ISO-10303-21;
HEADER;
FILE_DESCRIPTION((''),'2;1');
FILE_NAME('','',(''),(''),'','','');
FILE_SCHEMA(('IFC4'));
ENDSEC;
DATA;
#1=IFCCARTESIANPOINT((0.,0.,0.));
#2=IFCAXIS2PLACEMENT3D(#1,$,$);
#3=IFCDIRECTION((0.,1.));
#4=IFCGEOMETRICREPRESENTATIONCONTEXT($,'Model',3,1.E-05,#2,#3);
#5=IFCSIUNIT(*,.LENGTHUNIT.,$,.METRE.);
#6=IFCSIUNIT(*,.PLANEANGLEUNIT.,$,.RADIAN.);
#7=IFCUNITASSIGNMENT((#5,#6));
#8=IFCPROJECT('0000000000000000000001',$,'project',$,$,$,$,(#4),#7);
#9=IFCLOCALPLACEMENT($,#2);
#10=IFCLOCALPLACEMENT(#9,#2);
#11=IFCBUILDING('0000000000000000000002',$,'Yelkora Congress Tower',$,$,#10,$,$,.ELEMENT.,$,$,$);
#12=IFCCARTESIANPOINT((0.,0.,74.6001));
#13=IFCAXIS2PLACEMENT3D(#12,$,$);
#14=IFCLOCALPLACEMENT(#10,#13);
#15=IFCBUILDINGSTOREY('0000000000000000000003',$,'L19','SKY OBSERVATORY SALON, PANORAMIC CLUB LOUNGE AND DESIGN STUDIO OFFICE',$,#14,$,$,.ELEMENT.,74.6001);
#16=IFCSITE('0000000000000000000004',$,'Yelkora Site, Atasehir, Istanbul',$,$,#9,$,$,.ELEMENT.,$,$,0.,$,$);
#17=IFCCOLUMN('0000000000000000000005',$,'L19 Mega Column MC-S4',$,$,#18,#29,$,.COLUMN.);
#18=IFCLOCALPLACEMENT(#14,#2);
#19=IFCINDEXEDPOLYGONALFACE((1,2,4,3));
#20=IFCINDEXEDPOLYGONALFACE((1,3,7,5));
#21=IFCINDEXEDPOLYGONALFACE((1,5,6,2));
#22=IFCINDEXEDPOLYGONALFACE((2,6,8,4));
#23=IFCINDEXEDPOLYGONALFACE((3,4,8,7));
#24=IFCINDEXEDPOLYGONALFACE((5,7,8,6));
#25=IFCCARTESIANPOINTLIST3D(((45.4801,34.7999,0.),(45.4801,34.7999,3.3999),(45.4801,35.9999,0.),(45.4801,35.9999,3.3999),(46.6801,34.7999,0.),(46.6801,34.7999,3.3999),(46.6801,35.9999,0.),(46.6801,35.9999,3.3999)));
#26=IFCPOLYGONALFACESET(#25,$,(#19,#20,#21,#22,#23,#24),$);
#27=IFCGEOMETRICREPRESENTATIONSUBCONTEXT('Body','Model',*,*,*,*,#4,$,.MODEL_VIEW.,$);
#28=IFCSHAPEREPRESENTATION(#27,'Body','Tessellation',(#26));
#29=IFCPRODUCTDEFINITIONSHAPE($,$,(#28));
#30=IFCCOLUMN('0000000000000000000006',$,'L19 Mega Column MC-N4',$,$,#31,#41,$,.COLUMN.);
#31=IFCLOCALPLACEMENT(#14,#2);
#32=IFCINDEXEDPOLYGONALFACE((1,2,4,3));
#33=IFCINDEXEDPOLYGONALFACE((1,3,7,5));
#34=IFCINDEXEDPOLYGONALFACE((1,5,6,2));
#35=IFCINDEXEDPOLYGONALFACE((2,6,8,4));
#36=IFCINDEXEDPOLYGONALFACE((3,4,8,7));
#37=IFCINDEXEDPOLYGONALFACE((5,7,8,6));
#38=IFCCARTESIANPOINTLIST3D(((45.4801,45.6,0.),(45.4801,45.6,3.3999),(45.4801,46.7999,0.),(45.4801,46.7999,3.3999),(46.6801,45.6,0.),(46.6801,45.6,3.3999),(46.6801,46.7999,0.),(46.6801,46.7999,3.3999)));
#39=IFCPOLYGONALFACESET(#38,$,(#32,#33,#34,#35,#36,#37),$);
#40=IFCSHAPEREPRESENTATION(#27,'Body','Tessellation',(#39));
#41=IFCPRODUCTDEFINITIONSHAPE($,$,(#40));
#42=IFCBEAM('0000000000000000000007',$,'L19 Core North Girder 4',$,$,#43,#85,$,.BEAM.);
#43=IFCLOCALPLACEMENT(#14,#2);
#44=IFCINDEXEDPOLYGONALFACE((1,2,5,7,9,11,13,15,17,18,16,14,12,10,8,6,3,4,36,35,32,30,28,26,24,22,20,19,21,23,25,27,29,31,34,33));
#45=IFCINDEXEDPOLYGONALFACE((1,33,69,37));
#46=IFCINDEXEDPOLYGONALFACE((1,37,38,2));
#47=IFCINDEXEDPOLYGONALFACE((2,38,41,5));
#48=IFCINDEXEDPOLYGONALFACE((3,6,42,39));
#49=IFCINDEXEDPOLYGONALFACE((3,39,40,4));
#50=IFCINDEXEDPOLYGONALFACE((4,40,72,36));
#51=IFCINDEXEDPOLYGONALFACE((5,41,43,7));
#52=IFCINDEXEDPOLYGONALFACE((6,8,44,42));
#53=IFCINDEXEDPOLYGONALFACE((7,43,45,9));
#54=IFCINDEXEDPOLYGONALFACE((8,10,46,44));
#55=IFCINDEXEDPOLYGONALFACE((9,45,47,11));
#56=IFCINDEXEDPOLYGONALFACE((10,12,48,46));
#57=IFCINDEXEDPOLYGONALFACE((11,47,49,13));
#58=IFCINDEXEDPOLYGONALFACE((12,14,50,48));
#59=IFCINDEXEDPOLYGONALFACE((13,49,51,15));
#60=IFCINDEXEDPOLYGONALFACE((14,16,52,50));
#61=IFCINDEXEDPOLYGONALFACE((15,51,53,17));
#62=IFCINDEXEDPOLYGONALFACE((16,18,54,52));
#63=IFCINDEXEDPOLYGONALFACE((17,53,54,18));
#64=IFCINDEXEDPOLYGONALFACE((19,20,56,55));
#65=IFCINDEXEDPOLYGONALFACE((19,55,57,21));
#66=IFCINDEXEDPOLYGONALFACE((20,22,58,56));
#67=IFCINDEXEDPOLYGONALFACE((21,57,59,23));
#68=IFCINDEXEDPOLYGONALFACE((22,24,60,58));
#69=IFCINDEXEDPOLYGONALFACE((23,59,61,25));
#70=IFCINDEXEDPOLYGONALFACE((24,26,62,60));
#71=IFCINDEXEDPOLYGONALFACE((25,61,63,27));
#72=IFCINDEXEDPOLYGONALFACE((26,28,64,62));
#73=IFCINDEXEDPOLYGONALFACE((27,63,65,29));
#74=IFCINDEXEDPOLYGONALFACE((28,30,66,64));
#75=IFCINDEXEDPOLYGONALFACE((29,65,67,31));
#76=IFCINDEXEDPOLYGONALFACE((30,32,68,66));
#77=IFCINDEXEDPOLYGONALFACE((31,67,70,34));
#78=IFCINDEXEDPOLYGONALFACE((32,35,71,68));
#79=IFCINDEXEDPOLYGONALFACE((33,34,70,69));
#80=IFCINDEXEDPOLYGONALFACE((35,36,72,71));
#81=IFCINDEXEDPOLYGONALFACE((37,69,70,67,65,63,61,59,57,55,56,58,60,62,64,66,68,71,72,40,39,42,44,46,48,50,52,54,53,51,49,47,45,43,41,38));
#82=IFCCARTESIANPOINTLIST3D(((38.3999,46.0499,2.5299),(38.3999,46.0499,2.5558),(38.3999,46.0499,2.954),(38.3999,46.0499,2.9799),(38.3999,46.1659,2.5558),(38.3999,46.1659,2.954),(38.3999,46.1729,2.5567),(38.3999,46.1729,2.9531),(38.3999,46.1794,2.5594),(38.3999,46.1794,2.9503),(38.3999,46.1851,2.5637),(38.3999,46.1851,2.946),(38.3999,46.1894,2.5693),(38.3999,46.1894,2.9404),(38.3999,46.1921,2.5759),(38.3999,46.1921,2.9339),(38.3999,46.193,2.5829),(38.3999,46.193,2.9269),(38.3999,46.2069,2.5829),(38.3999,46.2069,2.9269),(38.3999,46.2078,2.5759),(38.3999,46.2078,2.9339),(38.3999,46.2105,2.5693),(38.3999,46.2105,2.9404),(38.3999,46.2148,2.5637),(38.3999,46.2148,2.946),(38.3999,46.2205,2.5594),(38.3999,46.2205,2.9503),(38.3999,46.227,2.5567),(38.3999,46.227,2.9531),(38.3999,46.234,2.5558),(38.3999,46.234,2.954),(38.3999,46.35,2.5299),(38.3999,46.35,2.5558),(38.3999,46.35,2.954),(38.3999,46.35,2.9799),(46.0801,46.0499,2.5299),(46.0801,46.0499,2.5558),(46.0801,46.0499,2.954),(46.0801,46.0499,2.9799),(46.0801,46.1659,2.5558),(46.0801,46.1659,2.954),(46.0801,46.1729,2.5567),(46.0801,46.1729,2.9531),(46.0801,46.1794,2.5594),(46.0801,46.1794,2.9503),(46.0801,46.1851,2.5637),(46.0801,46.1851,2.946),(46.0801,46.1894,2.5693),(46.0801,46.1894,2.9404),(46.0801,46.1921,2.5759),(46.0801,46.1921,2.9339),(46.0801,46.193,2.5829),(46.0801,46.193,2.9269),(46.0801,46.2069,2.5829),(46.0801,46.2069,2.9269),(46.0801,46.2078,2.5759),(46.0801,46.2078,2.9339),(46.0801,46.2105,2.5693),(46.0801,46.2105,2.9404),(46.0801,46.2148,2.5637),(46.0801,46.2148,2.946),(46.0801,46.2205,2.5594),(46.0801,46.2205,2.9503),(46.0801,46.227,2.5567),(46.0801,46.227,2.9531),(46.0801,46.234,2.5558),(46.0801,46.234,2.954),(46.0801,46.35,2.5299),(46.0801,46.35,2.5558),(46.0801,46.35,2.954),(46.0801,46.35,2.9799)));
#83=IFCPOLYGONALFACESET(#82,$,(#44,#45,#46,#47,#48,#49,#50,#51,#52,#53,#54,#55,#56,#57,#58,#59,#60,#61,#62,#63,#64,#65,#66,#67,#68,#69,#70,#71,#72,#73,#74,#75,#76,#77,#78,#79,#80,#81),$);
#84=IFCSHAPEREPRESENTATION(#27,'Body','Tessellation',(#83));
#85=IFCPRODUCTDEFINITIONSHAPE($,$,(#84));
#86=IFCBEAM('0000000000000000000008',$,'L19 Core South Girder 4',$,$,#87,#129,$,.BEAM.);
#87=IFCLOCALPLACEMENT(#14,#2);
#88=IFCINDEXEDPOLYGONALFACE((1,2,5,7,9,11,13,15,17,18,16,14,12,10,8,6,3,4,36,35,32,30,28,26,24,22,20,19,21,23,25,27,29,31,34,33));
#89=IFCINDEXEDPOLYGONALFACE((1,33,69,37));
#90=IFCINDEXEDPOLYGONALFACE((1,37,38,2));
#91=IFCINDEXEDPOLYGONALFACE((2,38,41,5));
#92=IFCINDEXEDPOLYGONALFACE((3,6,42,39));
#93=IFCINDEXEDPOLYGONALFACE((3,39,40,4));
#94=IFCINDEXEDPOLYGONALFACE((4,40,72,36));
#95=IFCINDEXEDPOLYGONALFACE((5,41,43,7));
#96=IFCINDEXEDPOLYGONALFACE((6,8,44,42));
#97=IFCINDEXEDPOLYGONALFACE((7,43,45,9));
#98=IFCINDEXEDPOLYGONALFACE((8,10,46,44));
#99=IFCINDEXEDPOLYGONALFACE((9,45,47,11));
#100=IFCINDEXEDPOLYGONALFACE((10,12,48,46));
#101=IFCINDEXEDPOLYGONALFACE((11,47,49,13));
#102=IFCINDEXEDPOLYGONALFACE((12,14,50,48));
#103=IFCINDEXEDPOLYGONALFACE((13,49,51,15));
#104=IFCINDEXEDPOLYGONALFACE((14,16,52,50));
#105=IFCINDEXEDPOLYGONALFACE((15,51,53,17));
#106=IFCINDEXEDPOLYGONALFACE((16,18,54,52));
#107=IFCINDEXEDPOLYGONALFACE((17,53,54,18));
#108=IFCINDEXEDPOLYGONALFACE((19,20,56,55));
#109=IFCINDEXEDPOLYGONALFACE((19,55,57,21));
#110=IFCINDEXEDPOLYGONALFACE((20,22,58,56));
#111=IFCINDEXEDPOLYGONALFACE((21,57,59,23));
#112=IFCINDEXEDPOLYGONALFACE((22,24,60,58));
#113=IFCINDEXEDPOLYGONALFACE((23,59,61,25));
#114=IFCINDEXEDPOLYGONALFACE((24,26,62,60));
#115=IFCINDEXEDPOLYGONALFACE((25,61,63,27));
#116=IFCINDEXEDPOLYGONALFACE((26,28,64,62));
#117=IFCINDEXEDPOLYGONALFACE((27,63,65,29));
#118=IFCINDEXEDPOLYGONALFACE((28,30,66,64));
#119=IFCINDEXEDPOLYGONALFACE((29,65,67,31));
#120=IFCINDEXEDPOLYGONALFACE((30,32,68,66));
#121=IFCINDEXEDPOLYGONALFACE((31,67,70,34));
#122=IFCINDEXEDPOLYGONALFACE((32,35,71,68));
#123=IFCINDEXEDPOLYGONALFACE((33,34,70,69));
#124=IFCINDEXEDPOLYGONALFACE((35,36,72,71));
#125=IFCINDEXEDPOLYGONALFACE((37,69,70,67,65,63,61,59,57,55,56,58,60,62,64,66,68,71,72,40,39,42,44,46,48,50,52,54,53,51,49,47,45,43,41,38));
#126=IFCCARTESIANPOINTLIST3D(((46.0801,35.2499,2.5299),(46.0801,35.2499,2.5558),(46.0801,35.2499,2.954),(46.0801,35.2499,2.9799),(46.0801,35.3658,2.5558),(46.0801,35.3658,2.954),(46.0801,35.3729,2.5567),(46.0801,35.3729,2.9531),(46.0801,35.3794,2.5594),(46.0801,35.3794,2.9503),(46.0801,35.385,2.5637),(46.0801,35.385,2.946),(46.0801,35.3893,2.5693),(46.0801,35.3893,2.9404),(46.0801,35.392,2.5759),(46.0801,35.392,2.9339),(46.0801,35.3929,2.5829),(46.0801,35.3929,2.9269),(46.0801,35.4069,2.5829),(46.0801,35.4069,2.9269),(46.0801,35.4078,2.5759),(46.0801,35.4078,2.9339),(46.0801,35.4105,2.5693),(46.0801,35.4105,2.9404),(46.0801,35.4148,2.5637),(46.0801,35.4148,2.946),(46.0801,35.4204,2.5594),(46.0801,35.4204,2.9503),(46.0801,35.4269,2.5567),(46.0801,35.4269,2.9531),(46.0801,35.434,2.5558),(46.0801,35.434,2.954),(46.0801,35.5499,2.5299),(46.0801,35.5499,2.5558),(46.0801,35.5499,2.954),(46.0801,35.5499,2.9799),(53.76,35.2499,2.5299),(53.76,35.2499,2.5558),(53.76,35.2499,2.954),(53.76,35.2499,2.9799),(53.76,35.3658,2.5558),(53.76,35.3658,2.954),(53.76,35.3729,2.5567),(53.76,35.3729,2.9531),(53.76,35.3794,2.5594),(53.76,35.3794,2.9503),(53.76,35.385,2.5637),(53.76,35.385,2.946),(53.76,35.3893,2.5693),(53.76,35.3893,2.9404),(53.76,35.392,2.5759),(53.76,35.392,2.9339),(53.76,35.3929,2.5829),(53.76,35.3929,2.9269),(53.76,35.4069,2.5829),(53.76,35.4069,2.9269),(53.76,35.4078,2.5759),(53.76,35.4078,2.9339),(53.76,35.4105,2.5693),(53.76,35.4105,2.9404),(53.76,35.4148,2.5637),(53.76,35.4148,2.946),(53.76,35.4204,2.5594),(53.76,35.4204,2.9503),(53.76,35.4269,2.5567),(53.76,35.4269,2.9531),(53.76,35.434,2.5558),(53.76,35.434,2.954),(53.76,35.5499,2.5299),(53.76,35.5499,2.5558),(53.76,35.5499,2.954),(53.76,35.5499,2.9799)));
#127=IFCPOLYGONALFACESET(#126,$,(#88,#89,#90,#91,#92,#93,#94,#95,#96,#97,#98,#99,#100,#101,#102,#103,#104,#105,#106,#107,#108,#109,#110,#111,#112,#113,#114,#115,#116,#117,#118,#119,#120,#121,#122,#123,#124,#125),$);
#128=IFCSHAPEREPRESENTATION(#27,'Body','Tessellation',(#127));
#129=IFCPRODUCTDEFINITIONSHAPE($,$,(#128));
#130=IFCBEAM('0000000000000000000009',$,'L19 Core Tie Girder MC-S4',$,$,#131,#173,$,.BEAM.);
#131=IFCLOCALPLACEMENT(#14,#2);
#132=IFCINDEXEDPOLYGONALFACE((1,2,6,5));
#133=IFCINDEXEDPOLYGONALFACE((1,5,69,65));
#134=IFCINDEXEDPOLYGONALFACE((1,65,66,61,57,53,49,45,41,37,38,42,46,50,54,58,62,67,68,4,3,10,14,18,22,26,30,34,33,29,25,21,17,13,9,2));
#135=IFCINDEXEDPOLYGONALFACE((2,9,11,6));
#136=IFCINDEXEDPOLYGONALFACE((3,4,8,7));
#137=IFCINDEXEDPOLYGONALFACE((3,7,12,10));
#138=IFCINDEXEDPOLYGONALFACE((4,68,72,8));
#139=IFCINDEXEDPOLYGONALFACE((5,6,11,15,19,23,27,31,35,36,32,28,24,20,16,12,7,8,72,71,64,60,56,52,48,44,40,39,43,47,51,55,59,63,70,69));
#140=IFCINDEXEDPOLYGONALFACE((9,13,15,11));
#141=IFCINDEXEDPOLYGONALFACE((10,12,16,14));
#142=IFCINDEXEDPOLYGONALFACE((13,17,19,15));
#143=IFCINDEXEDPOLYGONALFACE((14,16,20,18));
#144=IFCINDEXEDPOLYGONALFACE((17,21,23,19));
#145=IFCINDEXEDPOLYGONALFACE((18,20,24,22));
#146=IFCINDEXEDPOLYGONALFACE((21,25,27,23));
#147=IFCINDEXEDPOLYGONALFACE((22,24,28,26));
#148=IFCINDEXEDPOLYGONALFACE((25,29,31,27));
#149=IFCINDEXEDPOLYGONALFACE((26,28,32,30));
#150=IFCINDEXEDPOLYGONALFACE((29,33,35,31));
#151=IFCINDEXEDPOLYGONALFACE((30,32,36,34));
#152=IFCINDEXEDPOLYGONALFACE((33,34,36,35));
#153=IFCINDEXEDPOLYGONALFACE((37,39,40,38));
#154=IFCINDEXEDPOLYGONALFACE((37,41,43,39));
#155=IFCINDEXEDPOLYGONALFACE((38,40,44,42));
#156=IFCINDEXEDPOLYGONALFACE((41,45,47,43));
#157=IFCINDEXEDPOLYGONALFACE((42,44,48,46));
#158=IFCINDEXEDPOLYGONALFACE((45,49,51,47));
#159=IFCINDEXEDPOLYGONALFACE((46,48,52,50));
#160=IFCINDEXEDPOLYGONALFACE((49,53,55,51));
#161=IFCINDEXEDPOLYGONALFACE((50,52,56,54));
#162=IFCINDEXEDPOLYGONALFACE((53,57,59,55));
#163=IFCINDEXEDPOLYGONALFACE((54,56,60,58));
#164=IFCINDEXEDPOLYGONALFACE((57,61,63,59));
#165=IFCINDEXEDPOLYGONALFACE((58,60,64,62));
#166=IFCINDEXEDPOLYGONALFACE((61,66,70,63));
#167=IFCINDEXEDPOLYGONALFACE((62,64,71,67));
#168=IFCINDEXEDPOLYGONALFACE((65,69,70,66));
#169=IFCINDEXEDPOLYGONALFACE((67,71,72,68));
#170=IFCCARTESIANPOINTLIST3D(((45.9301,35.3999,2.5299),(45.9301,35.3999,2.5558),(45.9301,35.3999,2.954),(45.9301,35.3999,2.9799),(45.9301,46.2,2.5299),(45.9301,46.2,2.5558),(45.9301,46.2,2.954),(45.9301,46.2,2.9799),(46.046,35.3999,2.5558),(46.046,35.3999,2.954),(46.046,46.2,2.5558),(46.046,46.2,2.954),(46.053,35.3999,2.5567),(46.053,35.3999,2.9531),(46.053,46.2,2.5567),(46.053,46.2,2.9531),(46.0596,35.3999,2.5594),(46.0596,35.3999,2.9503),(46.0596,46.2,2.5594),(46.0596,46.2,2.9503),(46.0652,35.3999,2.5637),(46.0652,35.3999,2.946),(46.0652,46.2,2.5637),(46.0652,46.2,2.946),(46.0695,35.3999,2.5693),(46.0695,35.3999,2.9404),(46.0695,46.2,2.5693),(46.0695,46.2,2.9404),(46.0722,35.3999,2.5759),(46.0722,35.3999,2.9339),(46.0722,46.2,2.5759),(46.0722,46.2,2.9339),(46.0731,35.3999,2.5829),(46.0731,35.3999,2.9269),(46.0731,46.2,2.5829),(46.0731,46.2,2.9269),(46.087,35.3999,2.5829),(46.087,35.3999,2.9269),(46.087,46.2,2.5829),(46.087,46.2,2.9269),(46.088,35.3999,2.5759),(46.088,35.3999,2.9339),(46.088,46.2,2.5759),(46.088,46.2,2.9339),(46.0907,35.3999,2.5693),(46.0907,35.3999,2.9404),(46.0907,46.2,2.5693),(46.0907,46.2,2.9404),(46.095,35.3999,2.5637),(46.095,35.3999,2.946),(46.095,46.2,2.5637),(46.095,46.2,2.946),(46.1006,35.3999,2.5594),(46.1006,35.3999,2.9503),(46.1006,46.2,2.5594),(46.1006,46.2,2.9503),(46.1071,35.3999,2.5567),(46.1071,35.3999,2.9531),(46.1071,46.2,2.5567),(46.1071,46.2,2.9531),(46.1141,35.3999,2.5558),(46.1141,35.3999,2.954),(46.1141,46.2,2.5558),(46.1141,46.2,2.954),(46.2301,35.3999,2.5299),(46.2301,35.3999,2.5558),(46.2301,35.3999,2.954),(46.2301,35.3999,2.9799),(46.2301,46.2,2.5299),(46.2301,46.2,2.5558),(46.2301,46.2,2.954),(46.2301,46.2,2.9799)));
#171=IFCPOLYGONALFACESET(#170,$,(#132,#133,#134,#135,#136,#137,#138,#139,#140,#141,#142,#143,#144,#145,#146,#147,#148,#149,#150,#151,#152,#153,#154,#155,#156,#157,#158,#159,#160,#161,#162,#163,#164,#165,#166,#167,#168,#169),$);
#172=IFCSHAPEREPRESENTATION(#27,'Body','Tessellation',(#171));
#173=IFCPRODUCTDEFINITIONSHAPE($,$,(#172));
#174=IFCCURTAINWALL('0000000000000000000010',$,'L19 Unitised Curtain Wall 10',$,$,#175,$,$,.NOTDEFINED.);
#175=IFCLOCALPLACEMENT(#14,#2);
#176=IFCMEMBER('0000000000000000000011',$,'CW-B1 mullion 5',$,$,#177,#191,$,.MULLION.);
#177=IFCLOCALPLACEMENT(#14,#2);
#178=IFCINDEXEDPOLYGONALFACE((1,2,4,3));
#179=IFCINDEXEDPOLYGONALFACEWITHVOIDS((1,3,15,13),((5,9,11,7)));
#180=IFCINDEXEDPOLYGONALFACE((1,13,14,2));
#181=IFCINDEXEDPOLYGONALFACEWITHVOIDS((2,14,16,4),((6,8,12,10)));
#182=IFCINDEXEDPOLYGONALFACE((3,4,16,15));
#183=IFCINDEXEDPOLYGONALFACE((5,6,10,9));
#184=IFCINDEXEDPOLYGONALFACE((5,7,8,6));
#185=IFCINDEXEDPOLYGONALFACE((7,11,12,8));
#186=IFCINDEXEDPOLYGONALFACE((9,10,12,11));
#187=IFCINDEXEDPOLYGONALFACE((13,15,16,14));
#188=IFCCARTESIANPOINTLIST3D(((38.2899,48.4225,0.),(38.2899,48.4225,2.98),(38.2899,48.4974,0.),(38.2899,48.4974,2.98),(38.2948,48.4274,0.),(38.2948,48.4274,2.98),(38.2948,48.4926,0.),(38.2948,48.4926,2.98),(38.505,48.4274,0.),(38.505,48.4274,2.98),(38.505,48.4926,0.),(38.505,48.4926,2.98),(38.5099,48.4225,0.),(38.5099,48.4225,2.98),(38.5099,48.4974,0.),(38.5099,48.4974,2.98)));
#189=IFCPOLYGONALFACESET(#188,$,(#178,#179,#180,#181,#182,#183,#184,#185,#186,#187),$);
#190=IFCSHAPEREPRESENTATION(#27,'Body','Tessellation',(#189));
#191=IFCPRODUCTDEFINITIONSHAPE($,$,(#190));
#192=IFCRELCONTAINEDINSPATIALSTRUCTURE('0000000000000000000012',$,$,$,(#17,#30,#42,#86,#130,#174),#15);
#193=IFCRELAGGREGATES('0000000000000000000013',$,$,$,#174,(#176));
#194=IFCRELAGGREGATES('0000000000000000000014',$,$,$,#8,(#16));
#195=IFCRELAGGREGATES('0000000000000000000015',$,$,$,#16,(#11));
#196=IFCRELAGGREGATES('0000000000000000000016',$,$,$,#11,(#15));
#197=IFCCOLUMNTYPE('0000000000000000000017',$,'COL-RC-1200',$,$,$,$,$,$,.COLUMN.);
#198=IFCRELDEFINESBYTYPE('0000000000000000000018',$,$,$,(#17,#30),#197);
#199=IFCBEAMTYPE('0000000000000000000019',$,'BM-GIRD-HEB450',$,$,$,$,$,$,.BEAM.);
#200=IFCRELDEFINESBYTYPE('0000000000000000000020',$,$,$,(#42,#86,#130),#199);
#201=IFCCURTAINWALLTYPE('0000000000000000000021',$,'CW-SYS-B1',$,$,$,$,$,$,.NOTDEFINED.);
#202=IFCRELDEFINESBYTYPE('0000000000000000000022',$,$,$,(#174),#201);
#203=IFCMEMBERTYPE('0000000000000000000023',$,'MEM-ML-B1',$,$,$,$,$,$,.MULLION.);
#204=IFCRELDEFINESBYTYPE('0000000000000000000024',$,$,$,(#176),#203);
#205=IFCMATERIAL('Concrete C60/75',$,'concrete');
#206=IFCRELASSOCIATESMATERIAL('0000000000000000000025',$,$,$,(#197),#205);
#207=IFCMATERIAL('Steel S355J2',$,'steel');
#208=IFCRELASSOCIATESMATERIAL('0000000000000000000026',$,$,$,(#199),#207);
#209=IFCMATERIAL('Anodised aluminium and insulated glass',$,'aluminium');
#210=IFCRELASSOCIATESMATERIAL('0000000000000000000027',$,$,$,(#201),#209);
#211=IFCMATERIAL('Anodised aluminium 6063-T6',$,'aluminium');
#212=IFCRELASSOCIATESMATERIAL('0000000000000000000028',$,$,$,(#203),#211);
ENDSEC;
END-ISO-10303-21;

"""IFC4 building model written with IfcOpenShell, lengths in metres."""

from ifc_helpers import new_model, si_unit, direction, frame, origin, origin_2d, place, context, subcontext, project, spatial, rectangle, hollow_rectangle, i_section, extrude, material, material_profile, profile_set, type_object, element, aggregate, save


model = new_model("IFC4")

# Units and contexts
model_context = context("Model", 3, precision=1e-05, world=origin(), true_north=direction((0.0, 1.0)))
body_context = subcontext(model_context, "Body", "Model", "MODEL_VIEW")
ifc_project = project(units=[si_unit("LENGTHUNIT", "METRE"), si_unit("PLANEANGLEUNIT", "RADIAN")], contexts=[model_context])

# Site, building, storey
site_placement = place(None, origin())
site = spatial("IfcSite", under=ifc_project, at=site_placement, Name="Yelkora Site, Atasehir, Istanbul", CompositionType="ELEMENT", RefElevation=0.0)
building_placement = place(site_placement, origin())
building = spatial("IfcBuilding", under=site, at=building_placement, Name="Yelkora Congress Tower", CompositionType="ELEMENT")
storey_placement = place(building_placement, frame((0.0, 0.0, 74.6001)))
storey = spatial("IfcBuildingStorey", under=building, at=storey_placement, Name="L19", Description="SKY OBSERVATORY SALON, PANORAMIC CLUB LOUNGE AND DESIGN STUDIO OFFICE", CompositionType="ELEMENT", Elevation=74.6001)

# Columns
ifc_material_1 = material(Name="Concrete C60/75", Category="concrete")
ifc_material_profile_1 = material_profile(ifc_material_1, rectangle(XDim=1.2, YDim=1.2, at=origin_2d()), Name="RC 1200x1200")
ifc_profile_set_1 = profile_set([ifc_material_profile_1], Name="Concrete C60/75")
column_type = type_object("IfcColumnType", Name="COL-RC-1200", PredefinedType="COLUMN", material=ifc_profile_set_1)
for number, where, z_axis, x_axis, name in (
    (1, (46.0801, 35.3999, 0.0), (0.0, 0.0, 1.0), (1.0, 0.0, 0.0), "L19 Mega Column MC-S4"),
    (2, (46.0801, 46.2, 0.0), (0.0, 0.0, 1.0), (1.0, 0.0, 0.0), "L19 Mega Column MC-N4"),
):
    element("IfcColumn", number, at=place(storey_placement, frame(where, z_axis=z_axis, x_axis=x_axis)), inside=storey, type_object=column_type, Name=name, PredefinedType="COLUMN", context=body_context, shape_type="SweptSolid", body=[
        extrude(rectangle(XDim=1.2, YDim=1.2, at=origin_2d()), origin(), (0.0, 0.0, 1.0), 3.3999),
    ])

# Beams
ifc_material_2 = material(Name="Steel S355J2", Category="steel")
ifc_material_profile_2 = material_profile(ifc_material_2, i_section(OverallWidth=0.3, OverallDepth=0.45, WebThickness=0.0139, FlangeThickness=0.0259, FilletRadius=0.0271, at=origin_2d()), Name="HEB 450")
ifc_profile_set_2 = profile_set([ifc_material_profile_2], Name="Steel S355J2")
beam_type = type_object("IfcBeamType", Name="BM-GIRD-HEB450", PredefinedType="BEAM", material=ifc_profile_set_2)
beam_1_placement = place(storey_placement, frame((38.3999, 46.2, 2.7549), z_axis=(1.0, 0.0, 0.0), x_axis=(0.0, 1.0, 0.0)))
element("IfcBeam", 3, at=beam_1_placement, inside=storey, type_object=beam_type, Name="L19 Core North Girder 4", PredefinedType="BEAM", context=body_context, shape_type="SweptSolid", body=[
    extrude(i_section(OverallWidth=0.3, OverallDepth=0.45, WebThickness=0.0139, FlangeThickness=0.0259, FilletRadius=0.0271, at=origin_2d()), origin(), (0.0, 0.0, 1.0), 7.6802),
])
beam_2_placement = place(storey_placement, frame((46.0801, 35.3999, 2.7549), z_axis=(1.0, 0.0, 0.0), x_axis=(0.0, 1.0, 0.0)))
element("IfcBeam", 4, at=beam_2_placement, inside=storey, type_object=beam_type, Name="L19 Core South Girder 4", PredefinedType="BEAM", context=body_context, shape_type="SweptSolid", body=[
    extrude(i_section(OverallWidth=0.3, OverallDepth=0.45, WebThickness=0.0139, FlangeThickness=0.0259, FilletRadius=0.0271, at=origin_2d()), origin(), (0.0, 0.0, 1.0), 7.6799),
])
beam_3_placement = place(storey_placement, frame((46.0801, 35.3999, 2.7549), z_axis=(0.0, 1.0, 0.0), x_axis=(-1.0, 0.0, 0.0)))
element("IfcBeam", 5, at=beam_3_placement, inside=storey, type_object=beam_type, Name="L19 Core Tie Girder MC-S4", PredefinedType="BEAM", context=body_context, shape_type="SweptSolid", body=[
    extrude(i_section(OverallWidth=0.3, OverallDepth=0.45, WebThickness=0.0139, FlangeThickness=0.0259, FilletRadius=0.0271, at=origin_2d()), origin(), (0.0, 0.0, 1.0), 10.8),
])

# Curtain wall, member
ifc_material_3 = material(Name="Anodised aluminium and insulated glass", Category="aluminium")
curtain_wall_type = type_object("IfcCurtainWallType", Name="CW-SYS-B1", PredefinedType="NOTDEFINED", material=ifc_material_3)
curtain_wall_placement = place(storey_placement, origin())
curtain_wall = element("IfcCurtainWall", 6, at=curtain_wall_placement, inside=storey, type_object=curtain_wall_type, Name="L19 Unitised Curtain Wall 10", PredefinedType="NOTDEFINED")
ifc_material_4 = material(Name="Anodised aluminium 6063-T6", Category="aluminium")
ifc_material_profile_3 = material_profile(ifc_material_4, hollow_rectangle(XDim=0.075, YDim=0.22, WallThickness=0.0049, at=origin_2d()), Name="ALU 75x220x5")
ifc_profile_set_3 = profile_set([ifc_material_profile_3], Name="Anodised aluminium 6063-T6")
member_type_1 = type_object("IfcMemberType", Name="MEM-ML-B1", PredefinedType="MULLION", material=ifc_profile_set_3)
member_1_placement = place(storey_placement, frame((38.3999, 48.46, 0.0), z_axis=(0.0, 0.0, 1.0), x_axis=(0.0, 1.0, 0.0)))
member_1 = element("IfcMember", 7, at=member_1_placement, type_object=member_type_1, Name="CW-B1 mullion 5", PredefinedType="MULLION", context=body_context, shape_type="SweptSolid", body=[
    extrude(hollow_rectangle(XDim=0.075, YDim=0.22, WallThickness=0.0049, at=origin_2d()), origin(), (0.0, 0.0, 1.0), 2.98),
])
aggregate(curtain_wall, [member_1])

save(model, "model.ifc")
